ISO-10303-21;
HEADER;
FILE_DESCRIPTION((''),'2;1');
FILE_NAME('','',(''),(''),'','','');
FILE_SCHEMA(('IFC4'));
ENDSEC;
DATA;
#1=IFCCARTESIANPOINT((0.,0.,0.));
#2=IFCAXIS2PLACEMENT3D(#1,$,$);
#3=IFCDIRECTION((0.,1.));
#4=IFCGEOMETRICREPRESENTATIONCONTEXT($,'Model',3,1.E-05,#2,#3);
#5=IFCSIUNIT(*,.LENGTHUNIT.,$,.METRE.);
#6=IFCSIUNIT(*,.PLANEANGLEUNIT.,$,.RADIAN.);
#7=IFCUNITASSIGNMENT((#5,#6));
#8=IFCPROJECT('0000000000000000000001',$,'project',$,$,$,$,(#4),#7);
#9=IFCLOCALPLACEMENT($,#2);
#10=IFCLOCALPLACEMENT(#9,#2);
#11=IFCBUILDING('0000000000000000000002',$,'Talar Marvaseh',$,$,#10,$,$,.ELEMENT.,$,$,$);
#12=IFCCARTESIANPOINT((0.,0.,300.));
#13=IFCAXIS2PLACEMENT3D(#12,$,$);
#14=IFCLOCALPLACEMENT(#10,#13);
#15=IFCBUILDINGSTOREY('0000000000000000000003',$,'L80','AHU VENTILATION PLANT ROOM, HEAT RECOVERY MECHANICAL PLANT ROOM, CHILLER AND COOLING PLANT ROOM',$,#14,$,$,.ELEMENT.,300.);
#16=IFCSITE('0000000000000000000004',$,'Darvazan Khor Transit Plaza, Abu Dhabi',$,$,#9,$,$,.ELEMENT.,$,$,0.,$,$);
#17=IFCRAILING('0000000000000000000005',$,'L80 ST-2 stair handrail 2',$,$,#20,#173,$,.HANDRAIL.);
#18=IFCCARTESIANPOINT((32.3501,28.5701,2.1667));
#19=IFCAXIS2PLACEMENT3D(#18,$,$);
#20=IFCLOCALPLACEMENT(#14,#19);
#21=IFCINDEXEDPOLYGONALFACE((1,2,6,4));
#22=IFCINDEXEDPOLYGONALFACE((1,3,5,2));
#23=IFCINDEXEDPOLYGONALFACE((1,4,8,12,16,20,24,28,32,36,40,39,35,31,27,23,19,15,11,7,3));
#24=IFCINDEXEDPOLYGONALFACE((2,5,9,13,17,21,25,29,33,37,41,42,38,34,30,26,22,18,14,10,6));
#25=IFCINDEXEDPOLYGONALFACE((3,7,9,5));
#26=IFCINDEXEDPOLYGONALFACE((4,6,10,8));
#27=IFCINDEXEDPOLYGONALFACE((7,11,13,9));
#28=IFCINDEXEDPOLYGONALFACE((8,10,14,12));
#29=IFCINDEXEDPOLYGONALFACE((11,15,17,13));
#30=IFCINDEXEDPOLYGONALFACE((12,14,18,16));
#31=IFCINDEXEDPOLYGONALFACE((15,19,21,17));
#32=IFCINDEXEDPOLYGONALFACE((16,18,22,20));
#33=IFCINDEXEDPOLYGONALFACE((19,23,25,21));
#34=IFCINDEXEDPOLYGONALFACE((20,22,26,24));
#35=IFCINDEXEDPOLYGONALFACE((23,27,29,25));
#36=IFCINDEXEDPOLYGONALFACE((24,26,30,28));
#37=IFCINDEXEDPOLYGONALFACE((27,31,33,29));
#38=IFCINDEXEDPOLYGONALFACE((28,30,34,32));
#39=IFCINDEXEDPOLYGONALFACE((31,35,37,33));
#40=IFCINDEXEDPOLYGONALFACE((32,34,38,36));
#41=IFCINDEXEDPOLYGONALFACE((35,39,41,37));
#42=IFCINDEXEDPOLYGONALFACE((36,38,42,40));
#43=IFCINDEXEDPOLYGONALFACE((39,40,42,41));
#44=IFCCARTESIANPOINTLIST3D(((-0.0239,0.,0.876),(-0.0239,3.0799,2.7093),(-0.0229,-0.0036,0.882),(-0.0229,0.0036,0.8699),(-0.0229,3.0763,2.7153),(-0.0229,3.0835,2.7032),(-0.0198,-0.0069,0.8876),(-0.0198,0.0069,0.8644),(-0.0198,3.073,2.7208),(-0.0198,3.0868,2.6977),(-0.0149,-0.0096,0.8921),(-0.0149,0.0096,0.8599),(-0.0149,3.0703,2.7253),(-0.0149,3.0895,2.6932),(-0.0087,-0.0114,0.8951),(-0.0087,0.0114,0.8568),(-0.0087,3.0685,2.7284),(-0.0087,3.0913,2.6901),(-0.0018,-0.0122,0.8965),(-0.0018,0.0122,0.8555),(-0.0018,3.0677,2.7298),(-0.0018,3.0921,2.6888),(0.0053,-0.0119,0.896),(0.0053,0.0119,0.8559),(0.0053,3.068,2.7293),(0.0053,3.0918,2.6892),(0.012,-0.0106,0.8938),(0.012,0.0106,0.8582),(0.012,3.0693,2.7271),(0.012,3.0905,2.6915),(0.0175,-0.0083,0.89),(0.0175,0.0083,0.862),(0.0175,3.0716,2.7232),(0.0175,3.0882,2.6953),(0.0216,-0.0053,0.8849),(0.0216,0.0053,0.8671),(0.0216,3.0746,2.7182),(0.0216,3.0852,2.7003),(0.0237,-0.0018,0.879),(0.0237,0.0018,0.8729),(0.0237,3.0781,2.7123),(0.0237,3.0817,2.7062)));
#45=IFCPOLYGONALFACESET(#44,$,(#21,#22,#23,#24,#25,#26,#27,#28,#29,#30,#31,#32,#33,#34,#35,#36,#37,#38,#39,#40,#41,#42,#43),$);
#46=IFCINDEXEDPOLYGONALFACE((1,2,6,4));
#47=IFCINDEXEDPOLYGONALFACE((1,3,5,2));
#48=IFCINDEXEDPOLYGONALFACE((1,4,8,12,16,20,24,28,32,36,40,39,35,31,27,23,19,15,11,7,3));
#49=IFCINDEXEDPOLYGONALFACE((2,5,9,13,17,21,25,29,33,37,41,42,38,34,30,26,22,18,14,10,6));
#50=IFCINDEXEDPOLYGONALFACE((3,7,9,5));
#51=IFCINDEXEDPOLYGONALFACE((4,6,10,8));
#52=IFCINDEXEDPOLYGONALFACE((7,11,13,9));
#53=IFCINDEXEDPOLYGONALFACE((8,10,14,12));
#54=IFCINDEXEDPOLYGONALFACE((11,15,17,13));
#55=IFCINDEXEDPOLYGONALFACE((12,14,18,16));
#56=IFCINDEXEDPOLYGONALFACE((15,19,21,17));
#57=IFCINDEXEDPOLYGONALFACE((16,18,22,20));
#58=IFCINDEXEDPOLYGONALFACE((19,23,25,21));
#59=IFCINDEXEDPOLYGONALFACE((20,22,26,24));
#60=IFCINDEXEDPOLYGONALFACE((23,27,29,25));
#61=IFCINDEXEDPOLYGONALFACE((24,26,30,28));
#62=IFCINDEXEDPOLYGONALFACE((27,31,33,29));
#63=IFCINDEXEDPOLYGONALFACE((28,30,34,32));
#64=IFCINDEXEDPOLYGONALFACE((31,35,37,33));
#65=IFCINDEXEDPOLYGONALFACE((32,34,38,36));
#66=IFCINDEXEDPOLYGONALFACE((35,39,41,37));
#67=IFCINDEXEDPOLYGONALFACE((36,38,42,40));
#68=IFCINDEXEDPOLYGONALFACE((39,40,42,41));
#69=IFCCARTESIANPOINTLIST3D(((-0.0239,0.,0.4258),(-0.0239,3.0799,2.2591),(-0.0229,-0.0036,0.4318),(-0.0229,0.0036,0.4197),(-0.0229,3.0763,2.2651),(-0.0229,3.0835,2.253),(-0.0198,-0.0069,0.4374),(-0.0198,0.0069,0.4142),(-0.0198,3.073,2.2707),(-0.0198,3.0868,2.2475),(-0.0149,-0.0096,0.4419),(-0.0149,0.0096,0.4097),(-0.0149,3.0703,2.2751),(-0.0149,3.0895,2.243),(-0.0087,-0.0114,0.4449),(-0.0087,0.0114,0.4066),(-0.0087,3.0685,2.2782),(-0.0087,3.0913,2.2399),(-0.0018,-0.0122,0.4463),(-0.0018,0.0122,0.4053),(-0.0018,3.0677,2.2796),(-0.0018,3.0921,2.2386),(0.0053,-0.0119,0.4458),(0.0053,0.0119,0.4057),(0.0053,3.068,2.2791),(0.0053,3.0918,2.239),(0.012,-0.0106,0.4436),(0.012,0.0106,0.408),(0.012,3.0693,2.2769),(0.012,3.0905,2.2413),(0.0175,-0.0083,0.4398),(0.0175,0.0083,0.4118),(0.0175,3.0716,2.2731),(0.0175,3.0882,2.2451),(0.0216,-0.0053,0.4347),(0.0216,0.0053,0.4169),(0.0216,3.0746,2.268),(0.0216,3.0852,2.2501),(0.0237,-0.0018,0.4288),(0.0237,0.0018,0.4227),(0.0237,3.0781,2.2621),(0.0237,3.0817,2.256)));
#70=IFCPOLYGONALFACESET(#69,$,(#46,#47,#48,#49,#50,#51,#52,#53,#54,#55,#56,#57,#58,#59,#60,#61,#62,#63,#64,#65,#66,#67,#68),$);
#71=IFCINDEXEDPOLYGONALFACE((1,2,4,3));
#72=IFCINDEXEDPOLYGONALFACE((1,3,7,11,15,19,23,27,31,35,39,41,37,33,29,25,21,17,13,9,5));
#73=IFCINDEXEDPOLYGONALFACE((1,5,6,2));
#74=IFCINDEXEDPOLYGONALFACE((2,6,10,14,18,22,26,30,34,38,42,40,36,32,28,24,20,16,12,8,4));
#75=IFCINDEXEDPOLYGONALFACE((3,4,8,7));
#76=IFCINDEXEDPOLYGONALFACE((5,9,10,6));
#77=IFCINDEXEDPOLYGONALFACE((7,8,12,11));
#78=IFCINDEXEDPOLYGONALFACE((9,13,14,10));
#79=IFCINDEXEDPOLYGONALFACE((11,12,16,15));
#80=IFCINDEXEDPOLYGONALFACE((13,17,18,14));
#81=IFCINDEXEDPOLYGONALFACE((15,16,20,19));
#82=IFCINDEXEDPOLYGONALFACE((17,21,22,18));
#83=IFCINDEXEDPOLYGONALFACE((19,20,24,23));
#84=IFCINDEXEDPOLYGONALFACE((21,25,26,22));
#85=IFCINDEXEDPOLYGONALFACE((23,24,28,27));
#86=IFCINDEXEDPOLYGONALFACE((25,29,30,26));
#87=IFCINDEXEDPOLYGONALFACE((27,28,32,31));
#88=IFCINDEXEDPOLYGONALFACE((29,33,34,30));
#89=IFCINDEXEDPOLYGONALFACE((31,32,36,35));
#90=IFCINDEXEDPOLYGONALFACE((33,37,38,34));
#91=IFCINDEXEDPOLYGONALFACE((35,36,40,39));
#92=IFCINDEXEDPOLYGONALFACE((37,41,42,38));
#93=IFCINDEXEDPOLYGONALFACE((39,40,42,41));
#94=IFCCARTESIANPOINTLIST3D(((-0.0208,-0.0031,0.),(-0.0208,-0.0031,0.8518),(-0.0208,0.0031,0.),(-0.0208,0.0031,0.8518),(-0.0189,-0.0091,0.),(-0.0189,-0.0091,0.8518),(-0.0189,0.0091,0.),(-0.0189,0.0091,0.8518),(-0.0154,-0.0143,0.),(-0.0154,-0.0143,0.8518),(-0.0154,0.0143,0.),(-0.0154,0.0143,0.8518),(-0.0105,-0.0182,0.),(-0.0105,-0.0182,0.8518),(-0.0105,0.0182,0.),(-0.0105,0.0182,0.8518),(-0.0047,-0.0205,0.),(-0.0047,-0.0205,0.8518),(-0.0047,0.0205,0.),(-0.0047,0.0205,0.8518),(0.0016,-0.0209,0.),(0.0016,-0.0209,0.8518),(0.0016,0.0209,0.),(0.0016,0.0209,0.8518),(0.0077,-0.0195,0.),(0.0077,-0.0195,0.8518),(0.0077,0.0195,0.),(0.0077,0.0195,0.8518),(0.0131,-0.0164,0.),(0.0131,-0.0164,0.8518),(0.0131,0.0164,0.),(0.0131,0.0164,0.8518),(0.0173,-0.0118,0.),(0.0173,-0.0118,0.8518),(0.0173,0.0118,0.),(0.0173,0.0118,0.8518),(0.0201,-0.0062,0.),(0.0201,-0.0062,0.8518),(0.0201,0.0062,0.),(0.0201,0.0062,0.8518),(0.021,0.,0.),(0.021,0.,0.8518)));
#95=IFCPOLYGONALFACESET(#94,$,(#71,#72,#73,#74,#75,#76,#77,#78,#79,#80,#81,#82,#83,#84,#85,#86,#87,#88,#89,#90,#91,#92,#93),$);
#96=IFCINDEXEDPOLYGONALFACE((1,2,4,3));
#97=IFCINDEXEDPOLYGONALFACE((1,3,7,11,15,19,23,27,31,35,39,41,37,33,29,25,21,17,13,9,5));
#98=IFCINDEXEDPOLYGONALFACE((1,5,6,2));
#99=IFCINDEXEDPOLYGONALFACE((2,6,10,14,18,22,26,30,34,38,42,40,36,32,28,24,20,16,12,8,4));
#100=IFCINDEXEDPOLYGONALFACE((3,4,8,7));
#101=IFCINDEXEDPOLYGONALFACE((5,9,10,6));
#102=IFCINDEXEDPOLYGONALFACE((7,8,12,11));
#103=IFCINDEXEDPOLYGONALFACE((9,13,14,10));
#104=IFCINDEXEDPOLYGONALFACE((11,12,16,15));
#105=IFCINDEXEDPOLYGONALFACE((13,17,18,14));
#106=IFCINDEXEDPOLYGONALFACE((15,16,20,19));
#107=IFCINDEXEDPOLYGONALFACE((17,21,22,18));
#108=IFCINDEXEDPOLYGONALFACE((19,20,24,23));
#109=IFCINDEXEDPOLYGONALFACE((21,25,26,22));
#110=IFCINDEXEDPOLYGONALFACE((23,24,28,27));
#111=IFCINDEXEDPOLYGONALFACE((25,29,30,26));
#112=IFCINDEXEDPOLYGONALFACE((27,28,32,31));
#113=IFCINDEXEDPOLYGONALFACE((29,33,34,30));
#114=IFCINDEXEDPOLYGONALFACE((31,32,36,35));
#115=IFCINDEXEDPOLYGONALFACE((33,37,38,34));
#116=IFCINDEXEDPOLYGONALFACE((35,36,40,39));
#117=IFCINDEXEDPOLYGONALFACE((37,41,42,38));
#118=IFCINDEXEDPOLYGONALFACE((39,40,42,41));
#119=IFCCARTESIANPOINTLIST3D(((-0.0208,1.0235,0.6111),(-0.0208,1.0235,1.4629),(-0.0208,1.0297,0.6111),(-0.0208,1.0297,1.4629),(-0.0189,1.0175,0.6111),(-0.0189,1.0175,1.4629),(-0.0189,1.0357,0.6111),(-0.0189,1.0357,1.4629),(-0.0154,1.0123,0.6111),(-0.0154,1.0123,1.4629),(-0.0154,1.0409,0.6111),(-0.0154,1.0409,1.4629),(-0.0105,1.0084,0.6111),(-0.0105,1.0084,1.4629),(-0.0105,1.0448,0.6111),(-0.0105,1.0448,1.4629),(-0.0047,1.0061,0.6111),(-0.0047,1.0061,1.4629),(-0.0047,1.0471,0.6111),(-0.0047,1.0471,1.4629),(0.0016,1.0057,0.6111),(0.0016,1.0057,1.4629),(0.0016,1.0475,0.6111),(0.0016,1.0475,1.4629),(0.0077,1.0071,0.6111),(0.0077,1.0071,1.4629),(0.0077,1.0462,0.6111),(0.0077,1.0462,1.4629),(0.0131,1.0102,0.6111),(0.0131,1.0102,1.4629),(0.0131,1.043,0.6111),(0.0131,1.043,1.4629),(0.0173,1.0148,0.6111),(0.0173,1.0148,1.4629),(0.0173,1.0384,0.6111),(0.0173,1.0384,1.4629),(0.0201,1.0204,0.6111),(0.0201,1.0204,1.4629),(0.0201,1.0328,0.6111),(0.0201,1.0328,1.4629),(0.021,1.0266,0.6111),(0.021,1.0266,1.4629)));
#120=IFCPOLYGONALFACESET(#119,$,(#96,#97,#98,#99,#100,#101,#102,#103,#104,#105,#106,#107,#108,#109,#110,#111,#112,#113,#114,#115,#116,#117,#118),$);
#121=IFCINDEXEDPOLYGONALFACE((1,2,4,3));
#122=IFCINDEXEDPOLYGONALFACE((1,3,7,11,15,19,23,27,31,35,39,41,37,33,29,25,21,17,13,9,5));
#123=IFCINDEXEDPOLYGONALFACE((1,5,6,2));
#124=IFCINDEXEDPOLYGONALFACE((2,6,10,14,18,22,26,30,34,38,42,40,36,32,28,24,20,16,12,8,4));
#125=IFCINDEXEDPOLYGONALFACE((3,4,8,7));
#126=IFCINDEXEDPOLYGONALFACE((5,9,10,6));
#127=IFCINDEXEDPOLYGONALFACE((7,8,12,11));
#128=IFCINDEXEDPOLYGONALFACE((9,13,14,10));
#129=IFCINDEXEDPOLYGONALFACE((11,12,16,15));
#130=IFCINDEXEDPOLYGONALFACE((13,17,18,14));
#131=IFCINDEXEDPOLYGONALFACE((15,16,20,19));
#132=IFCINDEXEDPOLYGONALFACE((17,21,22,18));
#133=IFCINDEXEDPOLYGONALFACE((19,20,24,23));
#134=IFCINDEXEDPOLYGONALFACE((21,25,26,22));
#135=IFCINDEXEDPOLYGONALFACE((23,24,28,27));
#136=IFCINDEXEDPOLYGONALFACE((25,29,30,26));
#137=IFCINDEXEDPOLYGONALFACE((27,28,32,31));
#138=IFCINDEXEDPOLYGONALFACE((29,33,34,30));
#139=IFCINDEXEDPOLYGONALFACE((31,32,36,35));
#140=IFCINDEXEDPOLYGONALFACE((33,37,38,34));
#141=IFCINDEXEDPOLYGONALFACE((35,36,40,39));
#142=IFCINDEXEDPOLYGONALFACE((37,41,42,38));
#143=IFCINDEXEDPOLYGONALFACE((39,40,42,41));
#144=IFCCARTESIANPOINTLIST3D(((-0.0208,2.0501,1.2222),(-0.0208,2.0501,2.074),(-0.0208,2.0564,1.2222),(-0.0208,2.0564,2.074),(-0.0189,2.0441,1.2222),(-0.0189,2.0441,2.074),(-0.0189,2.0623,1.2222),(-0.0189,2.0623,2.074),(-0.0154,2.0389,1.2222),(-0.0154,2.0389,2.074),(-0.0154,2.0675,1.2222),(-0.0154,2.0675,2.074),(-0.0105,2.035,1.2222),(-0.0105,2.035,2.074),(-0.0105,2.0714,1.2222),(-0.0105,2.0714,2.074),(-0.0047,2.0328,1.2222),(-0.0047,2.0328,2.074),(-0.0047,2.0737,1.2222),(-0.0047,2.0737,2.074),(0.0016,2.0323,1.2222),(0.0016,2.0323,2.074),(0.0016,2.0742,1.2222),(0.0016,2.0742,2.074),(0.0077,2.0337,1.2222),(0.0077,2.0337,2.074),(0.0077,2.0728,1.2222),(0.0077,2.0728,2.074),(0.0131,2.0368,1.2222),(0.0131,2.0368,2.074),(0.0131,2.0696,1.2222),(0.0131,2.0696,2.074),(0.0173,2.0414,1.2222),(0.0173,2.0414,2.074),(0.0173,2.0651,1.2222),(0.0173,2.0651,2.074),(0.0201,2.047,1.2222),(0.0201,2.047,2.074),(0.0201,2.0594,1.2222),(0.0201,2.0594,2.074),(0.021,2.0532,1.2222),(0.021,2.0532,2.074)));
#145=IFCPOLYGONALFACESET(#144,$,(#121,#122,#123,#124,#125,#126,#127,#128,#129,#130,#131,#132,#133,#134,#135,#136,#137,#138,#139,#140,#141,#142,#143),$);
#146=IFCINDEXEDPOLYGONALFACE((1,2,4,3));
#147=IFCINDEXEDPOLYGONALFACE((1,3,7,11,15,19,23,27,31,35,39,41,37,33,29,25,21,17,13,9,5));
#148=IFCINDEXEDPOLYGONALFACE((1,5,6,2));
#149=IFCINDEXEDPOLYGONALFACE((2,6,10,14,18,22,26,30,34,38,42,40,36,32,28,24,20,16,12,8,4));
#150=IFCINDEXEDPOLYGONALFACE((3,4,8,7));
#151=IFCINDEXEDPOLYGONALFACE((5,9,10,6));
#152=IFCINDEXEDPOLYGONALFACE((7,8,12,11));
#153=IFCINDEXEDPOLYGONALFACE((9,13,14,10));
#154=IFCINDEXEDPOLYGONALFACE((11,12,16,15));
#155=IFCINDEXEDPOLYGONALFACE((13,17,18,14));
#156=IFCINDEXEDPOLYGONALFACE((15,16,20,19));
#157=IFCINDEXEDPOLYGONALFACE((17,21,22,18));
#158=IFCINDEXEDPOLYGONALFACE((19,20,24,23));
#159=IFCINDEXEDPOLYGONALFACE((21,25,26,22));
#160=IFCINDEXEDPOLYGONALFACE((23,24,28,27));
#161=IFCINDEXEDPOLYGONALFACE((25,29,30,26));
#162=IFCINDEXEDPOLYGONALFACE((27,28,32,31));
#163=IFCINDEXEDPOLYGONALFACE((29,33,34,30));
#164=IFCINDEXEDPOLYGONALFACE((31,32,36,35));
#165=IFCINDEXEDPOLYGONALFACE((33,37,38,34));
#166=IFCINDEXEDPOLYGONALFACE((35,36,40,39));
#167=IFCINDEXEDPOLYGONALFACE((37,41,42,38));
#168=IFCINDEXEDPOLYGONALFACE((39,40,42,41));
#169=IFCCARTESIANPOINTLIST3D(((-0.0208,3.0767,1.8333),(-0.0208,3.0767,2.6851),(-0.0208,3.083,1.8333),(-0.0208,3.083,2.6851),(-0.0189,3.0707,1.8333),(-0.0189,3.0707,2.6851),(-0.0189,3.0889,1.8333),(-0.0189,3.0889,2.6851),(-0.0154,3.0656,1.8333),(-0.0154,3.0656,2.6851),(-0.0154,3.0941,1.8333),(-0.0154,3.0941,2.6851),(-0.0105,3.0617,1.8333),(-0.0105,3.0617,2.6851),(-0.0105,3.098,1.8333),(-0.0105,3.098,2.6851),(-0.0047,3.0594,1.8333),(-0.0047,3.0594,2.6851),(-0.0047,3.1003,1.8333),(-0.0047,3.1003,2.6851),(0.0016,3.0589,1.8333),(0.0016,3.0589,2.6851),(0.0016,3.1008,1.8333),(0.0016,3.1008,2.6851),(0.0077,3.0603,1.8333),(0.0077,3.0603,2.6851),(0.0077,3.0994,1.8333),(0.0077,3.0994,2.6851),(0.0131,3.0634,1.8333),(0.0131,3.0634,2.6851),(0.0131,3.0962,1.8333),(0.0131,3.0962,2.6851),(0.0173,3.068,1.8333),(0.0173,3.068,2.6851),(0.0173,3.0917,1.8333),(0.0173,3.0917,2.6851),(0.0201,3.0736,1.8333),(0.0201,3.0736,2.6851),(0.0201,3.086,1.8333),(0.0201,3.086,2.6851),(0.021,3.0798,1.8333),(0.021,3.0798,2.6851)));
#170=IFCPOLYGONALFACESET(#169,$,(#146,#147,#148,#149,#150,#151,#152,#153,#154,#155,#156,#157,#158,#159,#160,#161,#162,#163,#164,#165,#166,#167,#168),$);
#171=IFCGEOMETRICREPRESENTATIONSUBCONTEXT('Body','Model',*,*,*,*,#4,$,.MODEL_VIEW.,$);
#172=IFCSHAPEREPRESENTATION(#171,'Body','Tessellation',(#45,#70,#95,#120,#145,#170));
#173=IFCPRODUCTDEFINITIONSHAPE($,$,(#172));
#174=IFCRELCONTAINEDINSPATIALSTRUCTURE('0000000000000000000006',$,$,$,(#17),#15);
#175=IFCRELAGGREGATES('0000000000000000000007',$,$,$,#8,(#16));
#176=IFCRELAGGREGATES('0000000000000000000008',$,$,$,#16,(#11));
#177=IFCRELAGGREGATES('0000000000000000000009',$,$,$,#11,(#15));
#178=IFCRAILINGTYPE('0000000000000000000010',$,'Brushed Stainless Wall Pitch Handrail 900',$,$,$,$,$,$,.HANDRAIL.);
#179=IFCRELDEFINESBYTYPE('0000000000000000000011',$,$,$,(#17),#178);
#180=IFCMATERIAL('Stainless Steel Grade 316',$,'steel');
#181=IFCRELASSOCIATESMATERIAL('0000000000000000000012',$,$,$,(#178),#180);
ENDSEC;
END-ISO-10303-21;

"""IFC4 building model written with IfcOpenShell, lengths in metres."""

from ifc_helpers import new_model, si_unit, direction, frame, origin, origin_2d, place, context, subcontext, project, spatial, circle, extrude, material, type_object, element, save


model = new_model("IFC4")

# Units and contexts
model_context = context("Model", 3, precision=1e-05, world=origin(), true_north=direction((0.0, 1.0)))
body_context = subcontext(model_context, "Body", "Model", "MODEL_VIEW")
ifc_project = project(units=[si_unit("LENGTHUNIT", "METRE"), si_unit("PLANEANGLEUNIT", "RADIAN")], contexts=[model_context])

# Site, building, storey
site_placement = place(None, origin())
site = spatial("IfcSite", under=ifc_project, at=site_placement, Name="Darvazan Khor Transit Plaza, Abu Dhabi", CompositionType="ELEMENT", RefElevation=0.0)
building_placement = place(site_placement, origin())
building = spatial("IfcBuilding", under=site, at=building_placement, Name="Talar Marvaseh", CompositionType="ELEMENT")
storey_placement = place(building_placement, frame((0.0, 0.0, 300.0)))
storey = spatial("IfcBuildingStorey", under=building, at=storey_placement, Name="L80", Description="AHU VENTILATION PLANT ROOM, HEAT RECOVERY MECHANICAL PLANT ROOM, CHILLER AND COOLING PLANT ROOM", CompositionType="ELEMENT", Elevation=300.0)

# Railing
ifc_material_1 = material(Name="Stainless Steel Grade 316", Category="steel")
railing_type_1 = type_object("IfcRailingType", Name="Brushed Stainless Wall Pitch Handrail 900", PredefinedType="HANDRAIL", material=ifc_material_1)
railing_1_placement = place(storey_placement, frame((32.3501, 28.5701, 2.1667)))
element("IfcRailing", 1, at=railing_1_placement, inside=storey, type_object=railing_type_1, Name="L80 ST-2 stair handrail 2", PredefinedType="HANDRAIL", context=body_context, shape_type="SweptSolid", body=[
    extrude(circle(Radius=0.0239, at=origin_2d()), frame((0.0, 0.0, 0.876), z_axis=(0.0, 0.859291, 0.511487), x_axis=(-1.0, 0.0, 0.0)), (0.0, 0.0, 1.0), 3.5842),
    extrude(circle(Radius=0.0239, at=origin_2d()), frame((0.0, 0.0, 0.4258), z_axis=(0.0, 0.859291, 0.511487), x_axis=(-1.0, 0.0, 0.0)), (0.0, 0.0, 1.0), 3.5842),
    extrude(circle(Radius=0.021, at=origin_2d()), origin(), (0.0, 0.0, 1.0), 0.8518),
    extrude(circle(Radius=0.021, at=origin_2d()), frame((0.0, 1.0266, 0.6111)), (0.0, 0.0, 1.0), 0.8518),
    extrude(circle(Radius=0.021, at=origin_2d()), frame((0.0, 2.0532, 1.2222)), (0.0, 0.0, 1.0), 0.8518),
    extrude(circle(Radius=0.021, at=origin_2d()), frame((0.0, 3.0798, 1.8333)), (0.0, 0.0, 1.0), 0.8518),
])

save(model, "model.ifc")
